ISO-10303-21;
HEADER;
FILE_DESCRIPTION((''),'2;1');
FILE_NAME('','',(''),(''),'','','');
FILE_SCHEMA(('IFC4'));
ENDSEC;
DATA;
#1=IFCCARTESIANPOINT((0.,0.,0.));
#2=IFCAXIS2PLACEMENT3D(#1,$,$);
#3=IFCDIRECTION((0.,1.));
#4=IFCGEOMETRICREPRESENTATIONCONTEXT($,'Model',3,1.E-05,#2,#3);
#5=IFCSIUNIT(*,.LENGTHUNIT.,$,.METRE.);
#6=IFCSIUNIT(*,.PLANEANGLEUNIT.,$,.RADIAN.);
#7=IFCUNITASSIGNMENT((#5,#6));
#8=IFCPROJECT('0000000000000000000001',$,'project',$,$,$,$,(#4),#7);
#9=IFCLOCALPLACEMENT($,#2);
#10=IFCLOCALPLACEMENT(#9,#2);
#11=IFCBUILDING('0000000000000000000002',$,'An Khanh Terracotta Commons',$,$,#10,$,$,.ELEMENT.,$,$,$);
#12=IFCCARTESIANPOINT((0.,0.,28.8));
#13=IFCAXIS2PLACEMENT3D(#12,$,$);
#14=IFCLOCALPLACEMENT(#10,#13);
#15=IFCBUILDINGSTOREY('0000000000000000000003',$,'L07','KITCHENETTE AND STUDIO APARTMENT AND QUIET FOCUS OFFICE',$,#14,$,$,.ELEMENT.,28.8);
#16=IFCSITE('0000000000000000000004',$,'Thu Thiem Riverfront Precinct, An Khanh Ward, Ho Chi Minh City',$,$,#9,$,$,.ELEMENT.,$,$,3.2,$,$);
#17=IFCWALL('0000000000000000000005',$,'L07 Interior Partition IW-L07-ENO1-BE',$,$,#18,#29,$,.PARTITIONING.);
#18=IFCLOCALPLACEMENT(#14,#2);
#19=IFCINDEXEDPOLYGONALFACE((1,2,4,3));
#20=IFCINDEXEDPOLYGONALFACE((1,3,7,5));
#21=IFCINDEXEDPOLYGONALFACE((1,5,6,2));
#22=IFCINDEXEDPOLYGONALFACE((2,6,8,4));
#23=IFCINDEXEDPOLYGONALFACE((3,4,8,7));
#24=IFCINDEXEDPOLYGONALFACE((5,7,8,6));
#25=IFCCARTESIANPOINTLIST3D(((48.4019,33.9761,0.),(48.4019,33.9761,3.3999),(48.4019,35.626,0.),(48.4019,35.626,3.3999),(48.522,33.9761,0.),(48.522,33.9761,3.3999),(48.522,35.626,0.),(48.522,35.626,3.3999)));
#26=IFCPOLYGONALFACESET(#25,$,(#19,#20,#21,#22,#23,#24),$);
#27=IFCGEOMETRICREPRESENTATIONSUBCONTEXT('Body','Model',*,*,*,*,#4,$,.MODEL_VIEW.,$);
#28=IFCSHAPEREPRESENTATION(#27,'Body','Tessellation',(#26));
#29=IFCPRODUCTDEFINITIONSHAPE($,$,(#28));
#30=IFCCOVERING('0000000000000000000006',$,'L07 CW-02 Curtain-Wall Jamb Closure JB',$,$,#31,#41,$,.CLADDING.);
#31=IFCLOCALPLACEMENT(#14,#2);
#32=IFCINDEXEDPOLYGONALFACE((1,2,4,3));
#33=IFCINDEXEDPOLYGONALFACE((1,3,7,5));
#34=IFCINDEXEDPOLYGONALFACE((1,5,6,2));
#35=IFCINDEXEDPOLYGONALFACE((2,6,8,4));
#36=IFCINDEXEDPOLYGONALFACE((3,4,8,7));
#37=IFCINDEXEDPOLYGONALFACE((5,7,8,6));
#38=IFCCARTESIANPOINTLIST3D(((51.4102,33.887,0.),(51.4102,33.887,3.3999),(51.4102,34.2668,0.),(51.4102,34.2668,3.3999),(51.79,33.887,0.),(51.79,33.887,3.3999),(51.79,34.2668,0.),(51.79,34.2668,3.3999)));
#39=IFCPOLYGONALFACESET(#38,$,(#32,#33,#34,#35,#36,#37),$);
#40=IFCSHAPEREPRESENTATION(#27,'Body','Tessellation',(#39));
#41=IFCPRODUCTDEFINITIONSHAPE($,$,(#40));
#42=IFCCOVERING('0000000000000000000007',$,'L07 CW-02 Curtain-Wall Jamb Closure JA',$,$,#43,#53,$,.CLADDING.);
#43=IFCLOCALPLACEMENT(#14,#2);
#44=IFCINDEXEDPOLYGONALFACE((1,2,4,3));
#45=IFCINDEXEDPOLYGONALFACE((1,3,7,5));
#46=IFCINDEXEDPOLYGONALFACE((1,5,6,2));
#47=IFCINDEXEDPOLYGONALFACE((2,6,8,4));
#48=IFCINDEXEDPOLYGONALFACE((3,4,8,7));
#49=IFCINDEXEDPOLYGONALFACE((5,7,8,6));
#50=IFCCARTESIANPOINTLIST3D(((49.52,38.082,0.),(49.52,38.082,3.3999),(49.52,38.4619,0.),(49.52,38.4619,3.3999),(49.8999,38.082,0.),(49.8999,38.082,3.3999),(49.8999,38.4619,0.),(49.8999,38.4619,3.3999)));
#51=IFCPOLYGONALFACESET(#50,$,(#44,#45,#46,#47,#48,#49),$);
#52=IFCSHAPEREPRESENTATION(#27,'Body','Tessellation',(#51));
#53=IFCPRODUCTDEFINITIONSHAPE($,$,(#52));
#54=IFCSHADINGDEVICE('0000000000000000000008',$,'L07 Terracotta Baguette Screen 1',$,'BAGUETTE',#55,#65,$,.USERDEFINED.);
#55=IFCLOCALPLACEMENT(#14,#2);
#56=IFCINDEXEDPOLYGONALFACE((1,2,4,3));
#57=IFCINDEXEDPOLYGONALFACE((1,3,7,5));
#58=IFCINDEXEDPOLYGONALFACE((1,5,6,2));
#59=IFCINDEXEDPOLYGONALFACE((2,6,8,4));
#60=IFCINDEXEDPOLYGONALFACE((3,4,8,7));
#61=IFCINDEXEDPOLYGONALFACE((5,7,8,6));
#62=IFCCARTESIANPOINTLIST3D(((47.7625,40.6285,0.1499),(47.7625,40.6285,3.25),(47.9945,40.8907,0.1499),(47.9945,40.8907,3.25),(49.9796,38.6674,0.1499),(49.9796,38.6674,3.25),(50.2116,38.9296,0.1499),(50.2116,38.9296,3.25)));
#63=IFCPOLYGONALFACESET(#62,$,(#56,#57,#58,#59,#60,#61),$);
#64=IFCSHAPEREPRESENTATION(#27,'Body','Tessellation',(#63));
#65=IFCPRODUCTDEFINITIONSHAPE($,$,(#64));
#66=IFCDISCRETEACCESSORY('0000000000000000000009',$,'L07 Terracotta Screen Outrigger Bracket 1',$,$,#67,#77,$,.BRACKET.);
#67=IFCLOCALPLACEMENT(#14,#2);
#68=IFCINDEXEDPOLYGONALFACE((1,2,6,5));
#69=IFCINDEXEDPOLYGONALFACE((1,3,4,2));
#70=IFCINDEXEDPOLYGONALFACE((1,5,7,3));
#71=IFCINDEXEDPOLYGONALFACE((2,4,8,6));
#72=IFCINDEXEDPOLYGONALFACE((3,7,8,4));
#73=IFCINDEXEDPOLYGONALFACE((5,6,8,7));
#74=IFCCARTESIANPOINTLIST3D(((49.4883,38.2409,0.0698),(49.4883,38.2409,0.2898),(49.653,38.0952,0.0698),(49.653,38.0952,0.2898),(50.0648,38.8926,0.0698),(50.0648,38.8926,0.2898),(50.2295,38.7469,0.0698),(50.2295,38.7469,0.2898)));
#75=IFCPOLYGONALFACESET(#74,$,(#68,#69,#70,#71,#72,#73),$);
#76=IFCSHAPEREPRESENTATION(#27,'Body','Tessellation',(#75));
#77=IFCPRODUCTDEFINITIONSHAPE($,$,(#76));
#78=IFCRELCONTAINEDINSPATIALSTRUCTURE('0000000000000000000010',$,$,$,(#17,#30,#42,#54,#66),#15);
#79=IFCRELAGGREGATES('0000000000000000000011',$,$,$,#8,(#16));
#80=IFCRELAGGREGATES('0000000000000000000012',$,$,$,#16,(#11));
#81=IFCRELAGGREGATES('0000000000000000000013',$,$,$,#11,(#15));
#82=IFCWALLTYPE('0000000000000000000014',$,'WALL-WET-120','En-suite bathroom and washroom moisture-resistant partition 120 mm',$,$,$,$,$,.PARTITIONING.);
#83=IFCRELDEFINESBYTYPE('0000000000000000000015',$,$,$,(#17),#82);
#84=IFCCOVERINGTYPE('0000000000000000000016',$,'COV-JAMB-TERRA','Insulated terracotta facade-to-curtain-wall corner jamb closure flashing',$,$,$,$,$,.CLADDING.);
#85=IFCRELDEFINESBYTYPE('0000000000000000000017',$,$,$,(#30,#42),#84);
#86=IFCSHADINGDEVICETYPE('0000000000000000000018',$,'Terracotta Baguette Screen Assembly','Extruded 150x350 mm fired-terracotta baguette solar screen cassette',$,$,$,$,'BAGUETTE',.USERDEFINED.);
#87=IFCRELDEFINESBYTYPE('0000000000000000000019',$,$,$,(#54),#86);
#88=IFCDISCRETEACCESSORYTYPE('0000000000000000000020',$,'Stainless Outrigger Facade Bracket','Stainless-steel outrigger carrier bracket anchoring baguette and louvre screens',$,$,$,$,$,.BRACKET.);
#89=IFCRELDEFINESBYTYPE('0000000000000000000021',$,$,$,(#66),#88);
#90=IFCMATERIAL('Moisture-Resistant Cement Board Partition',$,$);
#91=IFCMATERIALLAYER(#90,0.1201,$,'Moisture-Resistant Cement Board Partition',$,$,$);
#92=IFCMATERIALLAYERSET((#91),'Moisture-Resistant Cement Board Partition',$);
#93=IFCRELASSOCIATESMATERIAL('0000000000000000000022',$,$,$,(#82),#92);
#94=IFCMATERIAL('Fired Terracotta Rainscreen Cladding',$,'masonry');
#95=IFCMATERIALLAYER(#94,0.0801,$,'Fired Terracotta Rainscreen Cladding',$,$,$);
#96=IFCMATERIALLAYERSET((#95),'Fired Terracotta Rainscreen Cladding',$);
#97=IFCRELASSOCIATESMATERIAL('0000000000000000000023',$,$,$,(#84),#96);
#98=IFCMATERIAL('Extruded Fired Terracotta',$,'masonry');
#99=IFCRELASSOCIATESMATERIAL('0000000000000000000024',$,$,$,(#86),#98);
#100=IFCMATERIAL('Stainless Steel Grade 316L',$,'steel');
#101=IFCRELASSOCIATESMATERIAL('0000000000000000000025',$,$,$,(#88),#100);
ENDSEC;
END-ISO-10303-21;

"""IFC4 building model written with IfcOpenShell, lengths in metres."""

from ifc_helpers import new_model, si_unit, direction, frame, frame_2d, origin, origin_2d, place, context, subcontext, project, spatial, rectangle, extrude, material, layer, layer_set, type_object, element, save


model = new_model("IFC4")

# Units and contexts
model_context = context("Model", 3, precision=1e-05, world=origin(), true_north=direction((0.0, 1.0)))
body_context = subcontext(model_context, "Body", "Model", "MODEL_VIEW")
ifc_project = project(units=[si_unit("LENGTHUNIT", "METRE"), si_unit("PLANEANGLEUNIT", "RADIAN")], contexts=[model_context])

# Site, building, storey
site_placement = place(None, origin())
site = spatial("IfcSite", under=ifc_project, at=site_placement, Name="Thu Thiem Riverfront Precinct, An Khanh Ward, Ho Chi Minh City", CompositionType="ELEMENT", RefElevation=3.2)
building_placement = place(site_placement, origin())
building = spatial("IfcBuilding", under=site, at=building_placement, Name="An Khanh Terracotta Commons", CompositionType="ELEMENT")
storey_placement = place(building_placement, frame((0.0, 0.0, 28.8)))
storey = spatial("IfcBuildingStorey", under=building, at=storey_placement, Name="L07", Description="KITCHENETTE AND STUDIO APARTMENT AND QUIET FOCUS OFFICE", CompositionType="ELEMENT", Elevation=28.8)

# Shared definitions
ifc_material_1 = material(Name="Moisture-Resistant Cement Board Partition")
ifc_layer_1 = layer(ifc_material_1, 0.1201, Name="Moisture-Resistant Cement Board Partition")
ifc_layer_set_1 = layer_set([ifc_layer_1], Name="Moisture-Resistant Cement Board Partition")
wall_type_1 = type_object("IfcWallType", Name="WALL-WET-120", Description="En-suite bathroom and washroom moisture-resistant partition 120 mm", PredefinedType="PARTITIONING", material=ifc_layer_set_1)

# Wall
for number, where, z_axis, x_axis, name in (
    (1, (48.4619, 33.9761, 0.0), (0.0, 0.0, 1.0), (0.0, 1.0, 0.0), "L07 Interior Partition IW-L07-ENO1-BE"),
):
    element("IfcWall", number, at=place(storey_placement, frame(where, z_axis=z_axis, x_axis=x_axis)), inside=storey, type_object=wall_type_1, Name=name, PredefinedType="PARTITIONING", context=body_context, shape_type="SweptSolid", body=[
        extrude(rectangle(XDim=1.6499, YDim=0.1201, at=frame_2d((0.825, 0.0))), origin(), (0.0, 0.0, 1.0), 3.3999),
    ])

# Coverings
ifc_material_2 = material(Name="Fired Terracotta Rainscreen Cladding", Category="masonry")
ifc_layer_2 = layer(ifc_material_2, 0.0801, Name="Fired Terracotta Rainscreen Cladding")
ifc_layer_set_2 = layer_set([ifc_layer_2], Name="Fired Terracotta Rainscreen Cladding")
covering_type = type_object("IfcCoveringType", Name="COV-JAMB-TERRA", Description="Insulated terracotta facade-to-curtain-wall corner jamb closure flashing", PredefinedType="CLADDING", material=ifc_layer_set_2)
for number, where, z_axis, x_axis, name in (
    (2, (51.6001, 34.0769, 0.0), (0.0, 0.0, 1.0), (1.0, 0.0, 0.0), "L07 CW-02 Curtain-Wall Jamb Closure JB"),
    (3, (49.71, 38.272, 0.0), (0.0, 0.0, 1.0), (1.0, 0.0, 0.0), "L07 CW-02 Curtain-Wall Jamb Closure JA"),
):
    element("IfcCovering", number, at=place(storey_placement, frame(where, z_axis=z_axis, x_axis=x_axis)), inside=storey, type_object=covering_type, Name=name, PredefinedType="CLADDING", context=body_context, shape_type="SweptSolid", body=[
        extrude(rectangle(XDim=0.3799, YDim=0.3799, at=origin_2d()), origin(), (0.0, 0.0, 1.0), 3.3999),
    ])

# Shading device
ifc_material_3 = material(Name="Extruded Fired Terracotta", Category="masonry")
shading_device_type = type_object("IfcShadingDeviceType", Name="Terracotta Baguette Screen Assembly", Description="Extruded 150x350 mm fired-terracotta baguette solar screen cassette", ElementType="BAGUETTE", PredefinedType="USERDEFINED", material=ifc_material_3)
shading_device_placement = place(storey_placement, frame((48.9871, 39.7791, 0.1499), z_axis=(0.0, 0.0, 1.0), x_axis=(-0.749019, 0.662548, 0.0)))
element("IfcShadingDevice", 4, at=shading_device_placement, inside=storey, type_object=shading_device_type, Name="L07 Terracotta Baguette Screen 1", ObjectType="BAGUETTE", PredefinedType="USERDEFINED", context=body_context, shape_type="SweptSolid", body=[
    extrude(rectangle(XDim=2.96, YDim=0.3501, at=origin_2d()), origin(), (0.0, 0.0, 1.0), 3.1001),
])

# Discrete accessory
ifc_material_4 = material(Name="Stainless Steel Grade 316L", Category="steel")
discrete_accessory_type = type_object("IfcDiscreteAccessoryType", Name="Stainless Outrigger Facade Bracket", Description="Stainless-steel outrigger carrier bracket anchoring baguette and louvre screens", PredefinedType="BRACKET", material=ifc_material_4)
discrete_accessory_placement = place(storey_placement, frame((49.8589, 38.4939, 0.0698), z_axis=(0.0, 0.0, 1.0), x_axis=(-0.749019, 0.662548, 0.0)))
element("IfcDiscreteAccessory", 5, at=discrete_accessory_placement, inside=storey, type_object=discrete_accessory_type, Name="L07 Terracotta Screen Outrigger Bracket 1", PredefinedType="BRACKET", context=body_context, shape_type="SweptSolid", body=[
    extrude(rectangle(XDim=0.22, YDim=0.8701, at=origin_2d()), origin(), (0.0, 0.0, 1.0), 0.22),
])

save(model, "model.ifc")
